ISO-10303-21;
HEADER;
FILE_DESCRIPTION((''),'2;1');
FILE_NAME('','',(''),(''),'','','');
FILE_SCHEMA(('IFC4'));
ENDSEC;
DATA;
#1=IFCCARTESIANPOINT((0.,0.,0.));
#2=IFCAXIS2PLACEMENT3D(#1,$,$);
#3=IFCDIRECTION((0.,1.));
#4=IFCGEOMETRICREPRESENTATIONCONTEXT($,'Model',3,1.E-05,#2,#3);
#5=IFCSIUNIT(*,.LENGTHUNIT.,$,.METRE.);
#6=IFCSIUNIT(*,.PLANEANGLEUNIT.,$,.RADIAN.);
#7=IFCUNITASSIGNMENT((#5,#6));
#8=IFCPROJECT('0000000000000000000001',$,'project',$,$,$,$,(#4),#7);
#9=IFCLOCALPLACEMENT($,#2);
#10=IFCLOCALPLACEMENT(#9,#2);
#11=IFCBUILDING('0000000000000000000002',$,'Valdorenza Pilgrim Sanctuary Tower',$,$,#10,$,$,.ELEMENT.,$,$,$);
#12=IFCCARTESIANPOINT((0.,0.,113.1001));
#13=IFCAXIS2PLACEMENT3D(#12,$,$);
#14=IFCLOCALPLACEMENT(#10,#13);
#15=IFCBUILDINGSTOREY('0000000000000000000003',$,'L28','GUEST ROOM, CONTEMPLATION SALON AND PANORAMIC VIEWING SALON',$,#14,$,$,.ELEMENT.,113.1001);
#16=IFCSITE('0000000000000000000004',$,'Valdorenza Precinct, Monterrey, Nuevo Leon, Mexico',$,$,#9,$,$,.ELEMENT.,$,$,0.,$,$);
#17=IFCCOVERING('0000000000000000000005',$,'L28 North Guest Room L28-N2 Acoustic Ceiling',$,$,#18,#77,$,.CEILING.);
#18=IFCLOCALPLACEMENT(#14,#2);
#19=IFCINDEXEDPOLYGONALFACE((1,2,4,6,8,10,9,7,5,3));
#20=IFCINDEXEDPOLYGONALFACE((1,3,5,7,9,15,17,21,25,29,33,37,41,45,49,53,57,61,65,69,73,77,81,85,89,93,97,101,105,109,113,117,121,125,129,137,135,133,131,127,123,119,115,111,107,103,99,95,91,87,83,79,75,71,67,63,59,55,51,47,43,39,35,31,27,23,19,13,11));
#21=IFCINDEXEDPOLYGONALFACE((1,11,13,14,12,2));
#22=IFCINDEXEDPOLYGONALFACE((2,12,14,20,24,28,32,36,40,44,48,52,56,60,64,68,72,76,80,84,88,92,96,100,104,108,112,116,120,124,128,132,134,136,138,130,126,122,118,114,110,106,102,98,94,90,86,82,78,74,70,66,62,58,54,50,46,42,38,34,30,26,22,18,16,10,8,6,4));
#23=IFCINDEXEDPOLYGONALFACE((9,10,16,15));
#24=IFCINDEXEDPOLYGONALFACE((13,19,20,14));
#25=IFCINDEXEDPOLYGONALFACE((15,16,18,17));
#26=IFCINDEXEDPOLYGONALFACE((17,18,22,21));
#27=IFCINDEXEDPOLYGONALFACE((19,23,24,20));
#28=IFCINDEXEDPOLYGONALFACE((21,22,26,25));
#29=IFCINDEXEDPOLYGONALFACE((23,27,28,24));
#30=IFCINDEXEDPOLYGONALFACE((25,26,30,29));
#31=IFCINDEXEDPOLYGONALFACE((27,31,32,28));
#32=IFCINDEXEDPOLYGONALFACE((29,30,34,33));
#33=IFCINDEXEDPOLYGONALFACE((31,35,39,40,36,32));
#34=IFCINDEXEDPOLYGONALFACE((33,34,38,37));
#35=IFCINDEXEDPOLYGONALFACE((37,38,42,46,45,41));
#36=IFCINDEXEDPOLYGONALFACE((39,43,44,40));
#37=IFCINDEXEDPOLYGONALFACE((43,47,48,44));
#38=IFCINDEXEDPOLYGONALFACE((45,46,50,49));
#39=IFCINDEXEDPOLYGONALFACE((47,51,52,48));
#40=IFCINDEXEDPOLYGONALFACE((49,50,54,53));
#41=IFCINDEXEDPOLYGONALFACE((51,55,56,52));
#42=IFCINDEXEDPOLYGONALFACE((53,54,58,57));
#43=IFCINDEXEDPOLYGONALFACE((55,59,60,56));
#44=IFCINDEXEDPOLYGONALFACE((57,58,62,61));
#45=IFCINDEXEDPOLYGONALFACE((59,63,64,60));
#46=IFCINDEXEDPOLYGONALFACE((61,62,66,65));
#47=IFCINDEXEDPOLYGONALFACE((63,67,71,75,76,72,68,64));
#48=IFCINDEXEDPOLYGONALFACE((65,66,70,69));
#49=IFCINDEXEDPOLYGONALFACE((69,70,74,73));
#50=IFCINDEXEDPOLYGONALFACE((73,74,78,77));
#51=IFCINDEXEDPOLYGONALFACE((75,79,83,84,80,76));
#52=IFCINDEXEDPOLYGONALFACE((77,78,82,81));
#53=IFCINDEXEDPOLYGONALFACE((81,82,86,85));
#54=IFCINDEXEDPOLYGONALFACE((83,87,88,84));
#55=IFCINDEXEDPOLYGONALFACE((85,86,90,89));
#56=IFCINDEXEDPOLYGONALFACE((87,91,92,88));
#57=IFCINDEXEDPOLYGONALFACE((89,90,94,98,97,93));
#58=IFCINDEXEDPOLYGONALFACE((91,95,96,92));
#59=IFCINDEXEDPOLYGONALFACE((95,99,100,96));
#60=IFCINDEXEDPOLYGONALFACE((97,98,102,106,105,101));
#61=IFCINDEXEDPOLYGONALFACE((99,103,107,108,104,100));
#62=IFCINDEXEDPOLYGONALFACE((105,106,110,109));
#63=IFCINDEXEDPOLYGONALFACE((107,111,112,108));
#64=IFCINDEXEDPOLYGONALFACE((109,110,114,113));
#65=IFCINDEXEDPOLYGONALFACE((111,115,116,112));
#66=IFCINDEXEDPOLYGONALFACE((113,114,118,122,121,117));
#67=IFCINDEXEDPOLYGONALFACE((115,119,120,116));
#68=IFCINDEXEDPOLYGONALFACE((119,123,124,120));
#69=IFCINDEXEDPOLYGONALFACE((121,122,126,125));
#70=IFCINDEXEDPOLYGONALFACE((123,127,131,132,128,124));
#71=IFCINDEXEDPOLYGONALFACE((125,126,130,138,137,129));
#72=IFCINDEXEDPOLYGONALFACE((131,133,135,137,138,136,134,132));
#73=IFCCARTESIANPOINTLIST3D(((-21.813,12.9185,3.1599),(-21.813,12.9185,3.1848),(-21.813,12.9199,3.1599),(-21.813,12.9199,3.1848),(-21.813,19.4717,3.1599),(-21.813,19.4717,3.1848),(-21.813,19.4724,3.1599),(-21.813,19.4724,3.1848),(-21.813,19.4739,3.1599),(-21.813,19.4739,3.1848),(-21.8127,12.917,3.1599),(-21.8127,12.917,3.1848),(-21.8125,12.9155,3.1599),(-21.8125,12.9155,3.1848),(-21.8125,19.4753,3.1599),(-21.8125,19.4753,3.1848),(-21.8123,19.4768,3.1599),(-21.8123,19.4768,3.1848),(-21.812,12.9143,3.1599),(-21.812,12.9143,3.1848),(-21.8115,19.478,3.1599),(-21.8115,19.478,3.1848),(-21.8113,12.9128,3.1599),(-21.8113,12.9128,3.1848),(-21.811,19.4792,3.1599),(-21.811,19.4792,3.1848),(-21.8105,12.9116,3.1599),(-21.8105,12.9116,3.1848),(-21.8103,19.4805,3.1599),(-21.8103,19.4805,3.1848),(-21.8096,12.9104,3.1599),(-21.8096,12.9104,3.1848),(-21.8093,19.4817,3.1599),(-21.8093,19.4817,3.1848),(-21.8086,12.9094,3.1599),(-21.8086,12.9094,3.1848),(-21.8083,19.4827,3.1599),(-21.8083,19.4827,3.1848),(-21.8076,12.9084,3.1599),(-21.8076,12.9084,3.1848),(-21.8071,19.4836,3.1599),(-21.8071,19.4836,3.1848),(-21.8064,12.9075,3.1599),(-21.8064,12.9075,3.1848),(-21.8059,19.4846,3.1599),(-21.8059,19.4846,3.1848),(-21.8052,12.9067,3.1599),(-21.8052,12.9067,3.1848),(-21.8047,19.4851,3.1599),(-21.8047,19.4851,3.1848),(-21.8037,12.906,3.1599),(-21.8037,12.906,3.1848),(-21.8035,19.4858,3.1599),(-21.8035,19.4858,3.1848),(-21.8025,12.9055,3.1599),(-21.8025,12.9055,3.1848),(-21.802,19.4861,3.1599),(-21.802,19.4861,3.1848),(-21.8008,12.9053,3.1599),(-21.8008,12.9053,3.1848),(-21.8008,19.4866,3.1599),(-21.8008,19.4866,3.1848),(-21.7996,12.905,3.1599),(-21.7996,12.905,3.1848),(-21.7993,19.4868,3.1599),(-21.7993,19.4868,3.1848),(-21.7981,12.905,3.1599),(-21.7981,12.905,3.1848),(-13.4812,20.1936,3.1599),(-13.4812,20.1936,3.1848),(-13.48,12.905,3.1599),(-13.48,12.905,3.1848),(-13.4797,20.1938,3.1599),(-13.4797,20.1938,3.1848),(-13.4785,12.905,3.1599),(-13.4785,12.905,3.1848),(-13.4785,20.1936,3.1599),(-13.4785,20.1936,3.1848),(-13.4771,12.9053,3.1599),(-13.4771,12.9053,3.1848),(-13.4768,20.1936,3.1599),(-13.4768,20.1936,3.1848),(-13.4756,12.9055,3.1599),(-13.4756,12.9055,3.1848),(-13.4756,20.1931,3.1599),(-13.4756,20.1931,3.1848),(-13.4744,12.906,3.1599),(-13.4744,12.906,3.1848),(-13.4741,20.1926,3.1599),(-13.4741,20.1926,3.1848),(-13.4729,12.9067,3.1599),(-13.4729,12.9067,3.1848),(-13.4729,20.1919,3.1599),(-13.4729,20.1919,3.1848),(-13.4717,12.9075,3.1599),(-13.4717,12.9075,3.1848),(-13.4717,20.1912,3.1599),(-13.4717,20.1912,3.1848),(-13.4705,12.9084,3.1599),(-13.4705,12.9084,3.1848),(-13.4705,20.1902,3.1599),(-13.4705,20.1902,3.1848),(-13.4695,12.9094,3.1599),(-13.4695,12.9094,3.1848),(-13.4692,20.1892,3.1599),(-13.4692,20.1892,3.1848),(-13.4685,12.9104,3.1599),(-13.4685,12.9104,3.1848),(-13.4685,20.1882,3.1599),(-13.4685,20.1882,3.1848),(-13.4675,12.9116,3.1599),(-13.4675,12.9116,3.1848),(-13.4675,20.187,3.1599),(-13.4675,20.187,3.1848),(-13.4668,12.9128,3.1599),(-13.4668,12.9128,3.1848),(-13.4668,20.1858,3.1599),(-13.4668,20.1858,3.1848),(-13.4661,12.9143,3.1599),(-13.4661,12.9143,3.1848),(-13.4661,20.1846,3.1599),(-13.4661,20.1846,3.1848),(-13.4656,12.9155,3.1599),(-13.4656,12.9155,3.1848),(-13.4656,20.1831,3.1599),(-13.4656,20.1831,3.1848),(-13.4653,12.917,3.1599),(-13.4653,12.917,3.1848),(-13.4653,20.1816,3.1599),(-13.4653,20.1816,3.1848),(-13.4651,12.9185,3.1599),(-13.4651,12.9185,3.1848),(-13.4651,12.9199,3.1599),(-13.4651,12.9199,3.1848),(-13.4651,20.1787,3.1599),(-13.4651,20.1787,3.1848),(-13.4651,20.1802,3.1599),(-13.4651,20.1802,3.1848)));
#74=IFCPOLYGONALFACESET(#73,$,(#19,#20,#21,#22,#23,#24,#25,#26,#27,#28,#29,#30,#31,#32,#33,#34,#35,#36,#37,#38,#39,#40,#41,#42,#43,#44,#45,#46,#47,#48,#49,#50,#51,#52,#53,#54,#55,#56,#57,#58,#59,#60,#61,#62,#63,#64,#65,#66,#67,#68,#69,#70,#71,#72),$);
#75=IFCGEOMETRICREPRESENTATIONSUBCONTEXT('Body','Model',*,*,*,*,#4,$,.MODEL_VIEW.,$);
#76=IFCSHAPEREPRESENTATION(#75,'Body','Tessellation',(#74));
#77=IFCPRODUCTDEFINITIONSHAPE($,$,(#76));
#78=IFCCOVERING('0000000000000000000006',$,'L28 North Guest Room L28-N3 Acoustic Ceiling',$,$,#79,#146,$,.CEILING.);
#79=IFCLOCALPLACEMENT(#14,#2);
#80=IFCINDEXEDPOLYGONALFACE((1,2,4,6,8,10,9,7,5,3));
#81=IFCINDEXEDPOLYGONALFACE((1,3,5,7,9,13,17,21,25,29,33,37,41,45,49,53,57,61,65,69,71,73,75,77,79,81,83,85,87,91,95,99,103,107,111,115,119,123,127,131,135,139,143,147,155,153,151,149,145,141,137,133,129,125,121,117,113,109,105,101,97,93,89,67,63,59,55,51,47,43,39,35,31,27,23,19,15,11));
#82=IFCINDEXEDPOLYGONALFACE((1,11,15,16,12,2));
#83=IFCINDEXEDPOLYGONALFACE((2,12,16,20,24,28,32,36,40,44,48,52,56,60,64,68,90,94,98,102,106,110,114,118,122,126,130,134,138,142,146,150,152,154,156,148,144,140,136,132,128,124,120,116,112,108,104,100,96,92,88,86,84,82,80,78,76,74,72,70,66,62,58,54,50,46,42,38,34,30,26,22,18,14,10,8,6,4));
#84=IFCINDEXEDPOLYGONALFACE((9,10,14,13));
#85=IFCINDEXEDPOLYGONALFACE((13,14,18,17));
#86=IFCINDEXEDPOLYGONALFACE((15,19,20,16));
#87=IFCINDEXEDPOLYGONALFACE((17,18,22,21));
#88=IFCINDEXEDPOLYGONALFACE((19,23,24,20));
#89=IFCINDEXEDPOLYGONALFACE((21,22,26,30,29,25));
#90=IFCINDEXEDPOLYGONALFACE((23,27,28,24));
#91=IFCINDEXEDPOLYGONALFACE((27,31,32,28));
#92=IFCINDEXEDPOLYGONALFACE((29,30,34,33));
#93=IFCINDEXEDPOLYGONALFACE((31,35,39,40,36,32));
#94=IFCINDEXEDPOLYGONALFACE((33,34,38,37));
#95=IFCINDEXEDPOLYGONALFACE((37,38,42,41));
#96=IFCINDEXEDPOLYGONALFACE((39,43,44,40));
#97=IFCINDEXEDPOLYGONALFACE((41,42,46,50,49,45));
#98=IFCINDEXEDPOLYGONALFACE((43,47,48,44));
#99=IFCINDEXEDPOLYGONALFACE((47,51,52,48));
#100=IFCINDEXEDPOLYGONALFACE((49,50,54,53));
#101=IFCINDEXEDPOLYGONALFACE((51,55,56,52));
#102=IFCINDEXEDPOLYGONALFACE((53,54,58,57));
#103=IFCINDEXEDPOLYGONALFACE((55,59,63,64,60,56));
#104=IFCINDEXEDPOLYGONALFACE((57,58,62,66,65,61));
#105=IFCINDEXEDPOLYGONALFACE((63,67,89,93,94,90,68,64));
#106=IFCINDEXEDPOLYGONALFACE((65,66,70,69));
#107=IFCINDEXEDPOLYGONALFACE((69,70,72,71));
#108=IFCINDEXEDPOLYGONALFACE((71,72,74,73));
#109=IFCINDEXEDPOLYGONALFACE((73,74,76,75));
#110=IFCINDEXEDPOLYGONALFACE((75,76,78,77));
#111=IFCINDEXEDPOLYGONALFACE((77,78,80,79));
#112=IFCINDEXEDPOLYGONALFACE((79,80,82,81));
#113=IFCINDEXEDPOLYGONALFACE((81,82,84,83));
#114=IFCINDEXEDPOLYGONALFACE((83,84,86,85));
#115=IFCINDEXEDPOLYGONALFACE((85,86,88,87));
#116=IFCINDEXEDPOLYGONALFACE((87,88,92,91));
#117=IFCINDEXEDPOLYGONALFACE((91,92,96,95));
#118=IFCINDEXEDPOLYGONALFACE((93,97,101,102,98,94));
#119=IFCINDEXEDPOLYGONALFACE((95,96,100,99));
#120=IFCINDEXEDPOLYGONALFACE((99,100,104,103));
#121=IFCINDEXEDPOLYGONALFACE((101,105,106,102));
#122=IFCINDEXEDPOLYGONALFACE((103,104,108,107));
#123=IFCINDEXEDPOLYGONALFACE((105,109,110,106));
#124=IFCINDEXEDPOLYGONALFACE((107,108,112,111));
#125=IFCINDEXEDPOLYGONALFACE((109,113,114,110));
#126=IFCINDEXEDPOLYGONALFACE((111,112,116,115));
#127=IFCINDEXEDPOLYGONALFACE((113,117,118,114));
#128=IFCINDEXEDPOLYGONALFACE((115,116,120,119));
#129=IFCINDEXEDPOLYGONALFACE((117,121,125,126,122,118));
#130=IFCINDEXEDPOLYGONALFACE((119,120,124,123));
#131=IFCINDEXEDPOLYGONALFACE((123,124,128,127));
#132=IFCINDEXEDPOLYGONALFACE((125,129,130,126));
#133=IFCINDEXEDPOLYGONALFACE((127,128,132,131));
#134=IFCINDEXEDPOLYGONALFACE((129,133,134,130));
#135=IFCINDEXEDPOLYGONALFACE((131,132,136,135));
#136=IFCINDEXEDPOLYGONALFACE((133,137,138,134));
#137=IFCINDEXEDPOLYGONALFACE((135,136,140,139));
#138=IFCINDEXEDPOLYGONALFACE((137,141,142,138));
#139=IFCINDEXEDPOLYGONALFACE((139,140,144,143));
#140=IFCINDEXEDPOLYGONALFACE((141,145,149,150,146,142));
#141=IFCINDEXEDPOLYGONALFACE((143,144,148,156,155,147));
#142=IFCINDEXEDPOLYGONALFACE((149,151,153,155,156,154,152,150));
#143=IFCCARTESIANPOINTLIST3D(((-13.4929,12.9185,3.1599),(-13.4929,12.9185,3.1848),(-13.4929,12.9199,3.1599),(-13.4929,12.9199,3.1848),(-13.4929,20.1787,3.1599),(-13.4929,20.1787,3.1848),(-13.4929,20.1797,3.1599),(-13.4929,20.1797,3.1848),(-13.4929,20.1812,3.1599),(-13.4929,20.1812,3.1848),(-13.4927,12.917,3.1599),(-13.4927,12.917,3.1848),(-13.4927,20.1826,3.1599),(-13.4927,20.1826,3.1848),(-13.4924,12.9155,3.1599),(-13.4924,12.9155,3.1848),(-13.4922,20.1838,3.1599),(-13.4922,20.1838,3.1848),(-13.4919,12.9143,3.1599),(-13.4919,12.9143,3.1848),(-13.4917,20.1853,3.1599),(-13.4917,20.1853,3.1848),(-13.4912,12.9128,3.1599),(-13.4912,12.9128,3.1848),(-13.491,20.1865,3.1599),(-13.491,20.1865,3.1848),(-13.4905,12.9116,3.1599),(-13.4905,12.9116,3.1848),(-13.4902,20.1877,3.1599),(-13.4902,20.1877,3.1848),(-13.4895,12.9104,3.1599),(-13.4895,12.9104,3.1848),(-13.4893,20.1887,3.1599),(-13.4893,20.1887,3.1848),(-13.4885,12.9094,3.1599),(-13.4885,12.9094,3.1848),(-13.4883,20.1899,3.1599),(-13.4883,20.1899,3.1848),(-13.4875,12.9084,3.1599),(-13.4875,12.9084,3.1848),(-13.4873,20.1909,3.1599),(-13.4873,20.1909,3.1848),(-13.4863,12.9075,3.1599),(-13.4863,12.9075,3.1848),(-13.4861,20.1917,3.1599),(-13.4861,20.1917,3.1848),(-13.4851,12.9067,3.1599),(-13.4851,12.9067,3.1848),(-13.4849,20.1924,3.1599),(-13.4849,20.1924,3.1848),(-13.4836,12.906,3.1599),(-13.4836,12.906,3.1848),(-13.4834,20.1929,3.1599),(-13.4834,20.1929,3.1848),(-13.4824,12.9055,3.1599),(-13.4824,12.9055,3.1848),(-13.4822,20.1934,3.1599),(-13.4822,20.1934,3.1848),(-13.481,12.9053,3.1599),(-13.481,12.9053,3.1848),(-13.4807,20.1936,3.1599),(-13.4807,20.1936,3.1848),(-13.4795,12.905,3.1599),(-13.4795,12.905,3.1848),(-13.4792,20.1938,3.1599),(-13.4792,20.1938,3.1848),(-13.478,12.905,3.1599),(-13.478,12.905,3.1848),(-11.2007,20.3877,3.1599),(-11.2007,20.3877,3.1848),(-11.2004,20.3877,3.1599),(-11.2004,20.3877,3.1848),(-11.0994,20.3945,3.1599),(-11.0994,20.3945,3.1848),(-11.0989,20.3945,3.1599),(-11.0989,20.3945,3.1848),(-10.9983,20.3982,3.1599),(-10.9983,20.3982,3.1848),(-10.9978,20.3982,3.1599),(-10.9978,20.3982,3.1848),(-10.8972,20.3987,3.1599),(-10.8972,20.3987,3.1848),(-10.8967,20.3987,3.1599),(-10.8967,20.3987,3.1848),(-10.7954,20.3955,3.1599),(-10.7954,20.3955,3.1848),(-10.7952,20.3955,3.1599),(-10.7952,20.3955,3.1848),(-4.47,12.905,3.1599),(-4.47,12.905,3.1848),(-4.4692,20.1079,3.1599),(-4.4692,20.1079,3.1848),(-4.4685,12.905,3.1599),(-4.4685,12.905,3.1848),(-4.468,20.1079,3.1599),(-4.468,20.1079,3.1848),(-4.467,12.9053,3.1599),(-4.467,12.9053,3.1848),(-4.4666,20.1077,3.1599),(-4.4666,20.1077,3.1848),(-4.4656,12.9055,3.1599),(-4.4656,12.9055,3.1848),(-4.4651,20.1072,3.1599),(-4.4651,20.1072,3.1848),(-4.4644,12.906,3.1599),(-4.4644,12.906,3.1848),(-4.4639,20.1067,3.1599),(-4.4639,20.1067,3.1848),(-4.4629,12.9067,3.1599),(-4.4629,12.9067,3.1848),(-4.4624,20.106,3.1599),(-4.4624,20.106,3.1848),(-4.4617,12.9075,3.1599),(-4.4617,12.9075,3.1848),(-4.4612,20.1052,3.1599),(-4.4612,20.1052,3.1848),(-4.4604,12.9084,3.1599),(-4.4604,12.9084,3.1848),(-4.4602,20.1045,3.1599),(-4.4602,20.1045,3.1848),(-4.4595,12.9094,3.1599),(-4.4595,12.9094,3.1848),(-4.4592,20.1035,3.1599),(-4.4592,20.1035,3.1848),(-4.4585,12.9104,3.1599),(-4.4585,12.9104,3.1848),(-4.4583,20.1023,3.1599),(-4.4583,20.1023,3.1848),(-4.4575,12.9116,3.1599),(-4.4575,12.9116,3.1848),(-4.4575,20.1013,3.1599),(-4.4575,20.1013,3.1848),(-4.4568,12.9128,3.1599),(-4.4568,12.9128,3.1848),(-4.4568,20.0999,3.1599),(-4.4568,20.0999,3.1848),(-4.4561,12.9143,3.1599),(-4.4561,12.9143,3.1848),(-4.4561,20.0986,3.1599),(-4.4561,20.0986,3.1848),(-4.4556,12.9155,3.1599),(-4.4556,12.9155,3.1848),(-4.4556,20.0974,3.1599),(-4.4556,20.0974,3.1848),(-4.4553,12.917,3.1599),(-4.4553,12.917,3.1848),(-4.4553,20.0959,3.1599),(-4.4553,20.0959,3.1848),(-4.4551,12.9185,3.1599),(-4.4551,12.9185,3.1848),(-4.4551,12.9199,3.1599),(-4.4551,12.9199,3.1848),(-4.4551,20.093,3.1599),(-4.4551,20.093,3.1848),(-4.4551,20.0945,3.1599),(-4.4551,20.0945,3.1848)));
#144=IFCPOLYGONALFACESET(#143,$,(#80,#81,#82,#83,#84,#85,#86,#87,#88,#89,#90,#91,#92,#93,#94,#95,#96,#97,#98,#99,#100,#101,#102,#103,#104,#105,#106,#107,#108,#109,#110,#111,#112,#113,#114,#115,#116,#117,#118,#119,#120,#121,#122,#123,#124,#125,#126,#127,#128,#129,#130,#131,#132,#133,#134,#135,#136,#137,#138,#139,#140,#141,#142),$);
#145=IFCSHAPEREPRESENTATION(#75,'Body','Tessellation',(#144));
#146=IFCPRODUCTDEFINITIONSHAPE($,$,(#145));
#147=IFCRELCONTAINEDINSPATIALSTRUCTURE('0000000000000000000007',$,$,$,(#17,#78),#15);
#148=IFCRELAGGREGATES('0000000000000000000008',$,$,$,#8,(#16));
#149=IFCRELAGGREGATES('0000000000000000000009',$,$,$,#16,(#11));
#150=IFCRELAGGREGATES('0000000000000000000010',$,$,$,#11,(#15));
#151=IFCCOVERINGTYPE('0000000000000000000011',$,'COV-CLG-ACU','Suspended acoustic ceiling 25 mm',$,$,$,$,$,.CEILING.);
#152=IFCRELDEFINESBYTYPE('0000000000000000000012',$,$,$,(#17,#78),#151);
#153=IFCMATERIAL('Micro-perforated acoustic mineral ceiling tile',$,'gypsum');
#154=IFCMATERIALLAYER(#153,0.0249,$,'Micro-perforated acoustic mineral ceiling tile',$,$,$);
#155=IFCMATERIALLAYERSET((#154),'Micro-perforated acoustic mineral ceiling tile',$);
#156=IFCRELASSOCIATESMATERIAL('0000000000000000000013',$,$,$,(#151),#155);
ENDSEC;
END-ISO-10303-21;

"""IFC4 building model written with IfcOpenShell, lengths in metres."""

from ifc_helpers import new_model, si_unit, direction, frame, origin, place, context, subcontext, project, spatial, polyline, outline, extrude, material, layer, layer_set, type_object, element, save


model = new_model("IFC4")

# Units and contexts
model_context = context("Model", 3, precision=1e-05, world=origin(), true_north=direction((0.0, 1.0)))
body_context = subcontext(model_context, "Body", "Model", "MODEL_VIEW")
ifc_project = project(units=[si_unit("LENGTHUNIT", "METRE"), si_unit("PLANEANGLEUNIT", "RADIAN")], contexts=[model_context])

# Site, building, storey
site_placement = place(None, origin())
site = spatial("IfcSite", under=ifc_project, at=site_placement, Name="Valdorenza Precinct, Monterrey, Nuevo Leon, Mexico", CompositionType="ELEMENT", RefElevation=0.0)
building_placement = place(site_placement, origin())
building = spatial("IfcBuilding", under=site, at=building_placement, Name="Valdorenza Pilgrim Sanctuary Tower", CompositionType="ELEMENT")
storey_placement = place(building_placement, frame((0.0, 0.0, 113.1001)))
storey = spatial("IfcBuildingStorey", under=building, at=storey_placement, Name="L28", Description="GUEST ROOM, CONTEMPLATION SALON AND PANORAMIC VIEWING SALON", CompositionType="ELEMENT", Elevation=113.1001)

# Coverings
ifc_material_1 = material(Name="Micro-perforated acoustic mineral ceiling tile", Category="gypsum")
ifc_layer_1 = layer(ifc_material_1, 0.0249, Name="Micro-perforated acoustic mineral ceiling tile")
ifc_layer_set_1 = layer_set([ifc_layer_1], Name="Micro-perforated acoustic mineral ceiling tile")
covering_type_1 = type_object("IfcCoveringType", Name="COV-CLG-ACU", Description="Suspended acoustic ceiling 25 mm", PredefinedType="CEILING", material=ifc_layer_set_1)
covering_1_placement = place(storey_placement, frame((0.0, 0.0, 3.1599)))
element("IfcCovering", 1, at=covering_1_placement, inside=storey, type_object=covering_type_1, Name="L28 North Guest Room L28-N2 Acoustic Ceiling", PredefinedType="CEILING", context=body_context, shape_type="SweptSolid", body=[
    extrude(outline(polyline([(-21.813, 19.4717), (-21.813, 19.4724), (-21.813, 19.4739), (-21.8125, 19.4753), (-21.8123, 19.4768), (-21.8115, 19.478), (-21.811, 19.4792), (-21.8103, 19.4805), (-21.8093, 19.4817), (-21.8083, 19.4827), (-21.8071, 19.4836), (-21.8059, 19.4846), (-21.8047, 19.4851), (-21.8035, 19.4858), (-21.802, 19.4861), (-21.8008, 19.4866), (-21.7993, 19.4868), (-13.4812, 20.1936), (-13.4797, 20.1938), (-13.4785, 20.1936), (-13.4768, 20.1936), (-13.4756, 20.1931), (-13.4741, 20.1926), (-13.4729, 20.1919), (-13.4717, 20.1912), (-13.4705, 20.1902), (-13.4692, 20.1892), (-13.4685, 20.1882), (-13.4675, 20.187), (-13.4668, 20.1858), (-13.4661, 20.1846), (-13.4656, 20.1831), (-13.4653, 20.1816), (-13.4651, 20.1802), (-13.4651, 20.1787), (-13.4651, 12.9199), (-13.4651, 12.9185), (-13.4653, 12.917), (-13.4656, 12.9155), (-13.4661, 12.9143), (-13.4668, 12.9128), (-13.4675, 12.9116), (-13.4685, 12.9104), (-13.4695, 12.9094), (-13.4705, 12.9084), (-13.4717, 12.9075), (-13.4729, 12.9067), (-13.4744, 12.906), (-13.4756, 12.9055), (-13.4771, 12.9053), (-13.4785, 12.905), (-13.48, 12.905), (-21.7981, 12.905), (-21.7996, 12.905), (-21.8008, 12.9053), (-21.8025, 12.9055), (-21.8037, 12.906), (-21.8052, 12.9067), (-21.8064, 12.9075), (-21.8076, 12.9084), (-21.8086, 12.9094), (-21.8096, 12.9104), (-21.8105, 12.9116), (-21.8113, 12.9128), (-21.812, 12.9143), (-21.8125, 12.9155), (-21.8127, 12.917), (-21.813, 12.9185), (-21.813, 12.9199), (-21.813, 19.4717), (-21.813, 19.4717)])), origin(), (0.0, 0.0, 1.0), 0.0249),
])
covering_2_placement = place(storey_placement, frame((0.0, 0.0, 3.1599)))
element("IfcCovering", 2, at=covering_2_placement, inside=storey, type_object=covering_type_1, Name="L28 North Guest Room L28-N3 Acoustic Ceiling", PredefinedType="CEILING", context=body_context, shape_type="SweptSolid", body=[
    extrude(outline(polyline([(-13.4929, 20.1787), (-13.4929, 20.1797), (-13.4929, 20.1812), (-13.4927, 20.1826), (-13.4922, 20.1838), (-13.4917, 20.1853), (-13.491, 20.1865), (-13.4902, 20.1877), (-13.4893, 20.1887), (-13.4883, 20.1899), (-13.4873, 20.1909), (-13.4861, 20.1917), (-13.4849, 20.1924), (-13.4834, 20.1929), (-13.4822, 20.1934), (-13.4807, 20.1936), (-13.4792, 20.1938), (-11.2007, 20.3877), (-11.2004, 20.3877), (-11.0994, 20.3945), (-11.0989, 20.3945), (-10.9983, 20.3982), (-10.9978, 20.3982), (-10.8972, 20.3987), (-10.8967, 20.3987), (-10.7954, 20.3955), (-10.7952, 20.3955), (-4.4692, 20.1079), (-4.468, 20.1079), (-4.4666, 20.1077), (-4.4651, 20.1072), (-4.4639, 20.1067), (-4.4624, 20.106), (-4.4612, 20.1052), (-4.4602, 20.1045), (-4.4592, 20.1035), (-4.4583, 20.1023), (-4.4575, 20.1013), (-4.4568, 20.0999), (-4.4561, 20.0986), (-4.4556, 20.0974), (-4.4553, 20.0959), (-4.4551, 20.0945), (-4.4551, 20.093), (-4.4551, 12.9199), (-4.4551, 12.9185), (-4.4553, 12.917), (-4.4556, 12.9155), (-4.4561, 12.9143), (-4.4568, 12.9128), (-4.4575, 12.9116), (-4.4585, 12.9104), (-4.4595, 12.9094), (-4.4604, 12.9084), (-4.4617, 12.9075), (-4.4629, 12.9067), (-4.4644, 12.906), (-4.4656, 12.9055), (-4.467, 12.9053), (-4.4685, 12.905), (-4.47, 12.905), (-13.478, 12.905), (-13.4795, 12.905), (-13.481, 12.9053), (-13.4824, 12.9055), (-13.4836, 12.906), (-13.4851, 12.9067), (-13.4863, 12.9075), (-13.4875, 12.9084), (-13.4885, 12.9094), (-13.4895, 12.9104), (-13.4905, 12.9116), (-13.4912, 12.9128), (-13.4919, 12.9143), (-13.4924, 12.9155), (-13.4927, 12.917), (-13.4929, 12.9185), (-13.4929, 12.9199), (-13.4929, 20.1787), (-13.4929, 20.1787)])), origin(), (0.0, 0.0, 1.0), 0.0249),
])

save(model, "model.ifc")
